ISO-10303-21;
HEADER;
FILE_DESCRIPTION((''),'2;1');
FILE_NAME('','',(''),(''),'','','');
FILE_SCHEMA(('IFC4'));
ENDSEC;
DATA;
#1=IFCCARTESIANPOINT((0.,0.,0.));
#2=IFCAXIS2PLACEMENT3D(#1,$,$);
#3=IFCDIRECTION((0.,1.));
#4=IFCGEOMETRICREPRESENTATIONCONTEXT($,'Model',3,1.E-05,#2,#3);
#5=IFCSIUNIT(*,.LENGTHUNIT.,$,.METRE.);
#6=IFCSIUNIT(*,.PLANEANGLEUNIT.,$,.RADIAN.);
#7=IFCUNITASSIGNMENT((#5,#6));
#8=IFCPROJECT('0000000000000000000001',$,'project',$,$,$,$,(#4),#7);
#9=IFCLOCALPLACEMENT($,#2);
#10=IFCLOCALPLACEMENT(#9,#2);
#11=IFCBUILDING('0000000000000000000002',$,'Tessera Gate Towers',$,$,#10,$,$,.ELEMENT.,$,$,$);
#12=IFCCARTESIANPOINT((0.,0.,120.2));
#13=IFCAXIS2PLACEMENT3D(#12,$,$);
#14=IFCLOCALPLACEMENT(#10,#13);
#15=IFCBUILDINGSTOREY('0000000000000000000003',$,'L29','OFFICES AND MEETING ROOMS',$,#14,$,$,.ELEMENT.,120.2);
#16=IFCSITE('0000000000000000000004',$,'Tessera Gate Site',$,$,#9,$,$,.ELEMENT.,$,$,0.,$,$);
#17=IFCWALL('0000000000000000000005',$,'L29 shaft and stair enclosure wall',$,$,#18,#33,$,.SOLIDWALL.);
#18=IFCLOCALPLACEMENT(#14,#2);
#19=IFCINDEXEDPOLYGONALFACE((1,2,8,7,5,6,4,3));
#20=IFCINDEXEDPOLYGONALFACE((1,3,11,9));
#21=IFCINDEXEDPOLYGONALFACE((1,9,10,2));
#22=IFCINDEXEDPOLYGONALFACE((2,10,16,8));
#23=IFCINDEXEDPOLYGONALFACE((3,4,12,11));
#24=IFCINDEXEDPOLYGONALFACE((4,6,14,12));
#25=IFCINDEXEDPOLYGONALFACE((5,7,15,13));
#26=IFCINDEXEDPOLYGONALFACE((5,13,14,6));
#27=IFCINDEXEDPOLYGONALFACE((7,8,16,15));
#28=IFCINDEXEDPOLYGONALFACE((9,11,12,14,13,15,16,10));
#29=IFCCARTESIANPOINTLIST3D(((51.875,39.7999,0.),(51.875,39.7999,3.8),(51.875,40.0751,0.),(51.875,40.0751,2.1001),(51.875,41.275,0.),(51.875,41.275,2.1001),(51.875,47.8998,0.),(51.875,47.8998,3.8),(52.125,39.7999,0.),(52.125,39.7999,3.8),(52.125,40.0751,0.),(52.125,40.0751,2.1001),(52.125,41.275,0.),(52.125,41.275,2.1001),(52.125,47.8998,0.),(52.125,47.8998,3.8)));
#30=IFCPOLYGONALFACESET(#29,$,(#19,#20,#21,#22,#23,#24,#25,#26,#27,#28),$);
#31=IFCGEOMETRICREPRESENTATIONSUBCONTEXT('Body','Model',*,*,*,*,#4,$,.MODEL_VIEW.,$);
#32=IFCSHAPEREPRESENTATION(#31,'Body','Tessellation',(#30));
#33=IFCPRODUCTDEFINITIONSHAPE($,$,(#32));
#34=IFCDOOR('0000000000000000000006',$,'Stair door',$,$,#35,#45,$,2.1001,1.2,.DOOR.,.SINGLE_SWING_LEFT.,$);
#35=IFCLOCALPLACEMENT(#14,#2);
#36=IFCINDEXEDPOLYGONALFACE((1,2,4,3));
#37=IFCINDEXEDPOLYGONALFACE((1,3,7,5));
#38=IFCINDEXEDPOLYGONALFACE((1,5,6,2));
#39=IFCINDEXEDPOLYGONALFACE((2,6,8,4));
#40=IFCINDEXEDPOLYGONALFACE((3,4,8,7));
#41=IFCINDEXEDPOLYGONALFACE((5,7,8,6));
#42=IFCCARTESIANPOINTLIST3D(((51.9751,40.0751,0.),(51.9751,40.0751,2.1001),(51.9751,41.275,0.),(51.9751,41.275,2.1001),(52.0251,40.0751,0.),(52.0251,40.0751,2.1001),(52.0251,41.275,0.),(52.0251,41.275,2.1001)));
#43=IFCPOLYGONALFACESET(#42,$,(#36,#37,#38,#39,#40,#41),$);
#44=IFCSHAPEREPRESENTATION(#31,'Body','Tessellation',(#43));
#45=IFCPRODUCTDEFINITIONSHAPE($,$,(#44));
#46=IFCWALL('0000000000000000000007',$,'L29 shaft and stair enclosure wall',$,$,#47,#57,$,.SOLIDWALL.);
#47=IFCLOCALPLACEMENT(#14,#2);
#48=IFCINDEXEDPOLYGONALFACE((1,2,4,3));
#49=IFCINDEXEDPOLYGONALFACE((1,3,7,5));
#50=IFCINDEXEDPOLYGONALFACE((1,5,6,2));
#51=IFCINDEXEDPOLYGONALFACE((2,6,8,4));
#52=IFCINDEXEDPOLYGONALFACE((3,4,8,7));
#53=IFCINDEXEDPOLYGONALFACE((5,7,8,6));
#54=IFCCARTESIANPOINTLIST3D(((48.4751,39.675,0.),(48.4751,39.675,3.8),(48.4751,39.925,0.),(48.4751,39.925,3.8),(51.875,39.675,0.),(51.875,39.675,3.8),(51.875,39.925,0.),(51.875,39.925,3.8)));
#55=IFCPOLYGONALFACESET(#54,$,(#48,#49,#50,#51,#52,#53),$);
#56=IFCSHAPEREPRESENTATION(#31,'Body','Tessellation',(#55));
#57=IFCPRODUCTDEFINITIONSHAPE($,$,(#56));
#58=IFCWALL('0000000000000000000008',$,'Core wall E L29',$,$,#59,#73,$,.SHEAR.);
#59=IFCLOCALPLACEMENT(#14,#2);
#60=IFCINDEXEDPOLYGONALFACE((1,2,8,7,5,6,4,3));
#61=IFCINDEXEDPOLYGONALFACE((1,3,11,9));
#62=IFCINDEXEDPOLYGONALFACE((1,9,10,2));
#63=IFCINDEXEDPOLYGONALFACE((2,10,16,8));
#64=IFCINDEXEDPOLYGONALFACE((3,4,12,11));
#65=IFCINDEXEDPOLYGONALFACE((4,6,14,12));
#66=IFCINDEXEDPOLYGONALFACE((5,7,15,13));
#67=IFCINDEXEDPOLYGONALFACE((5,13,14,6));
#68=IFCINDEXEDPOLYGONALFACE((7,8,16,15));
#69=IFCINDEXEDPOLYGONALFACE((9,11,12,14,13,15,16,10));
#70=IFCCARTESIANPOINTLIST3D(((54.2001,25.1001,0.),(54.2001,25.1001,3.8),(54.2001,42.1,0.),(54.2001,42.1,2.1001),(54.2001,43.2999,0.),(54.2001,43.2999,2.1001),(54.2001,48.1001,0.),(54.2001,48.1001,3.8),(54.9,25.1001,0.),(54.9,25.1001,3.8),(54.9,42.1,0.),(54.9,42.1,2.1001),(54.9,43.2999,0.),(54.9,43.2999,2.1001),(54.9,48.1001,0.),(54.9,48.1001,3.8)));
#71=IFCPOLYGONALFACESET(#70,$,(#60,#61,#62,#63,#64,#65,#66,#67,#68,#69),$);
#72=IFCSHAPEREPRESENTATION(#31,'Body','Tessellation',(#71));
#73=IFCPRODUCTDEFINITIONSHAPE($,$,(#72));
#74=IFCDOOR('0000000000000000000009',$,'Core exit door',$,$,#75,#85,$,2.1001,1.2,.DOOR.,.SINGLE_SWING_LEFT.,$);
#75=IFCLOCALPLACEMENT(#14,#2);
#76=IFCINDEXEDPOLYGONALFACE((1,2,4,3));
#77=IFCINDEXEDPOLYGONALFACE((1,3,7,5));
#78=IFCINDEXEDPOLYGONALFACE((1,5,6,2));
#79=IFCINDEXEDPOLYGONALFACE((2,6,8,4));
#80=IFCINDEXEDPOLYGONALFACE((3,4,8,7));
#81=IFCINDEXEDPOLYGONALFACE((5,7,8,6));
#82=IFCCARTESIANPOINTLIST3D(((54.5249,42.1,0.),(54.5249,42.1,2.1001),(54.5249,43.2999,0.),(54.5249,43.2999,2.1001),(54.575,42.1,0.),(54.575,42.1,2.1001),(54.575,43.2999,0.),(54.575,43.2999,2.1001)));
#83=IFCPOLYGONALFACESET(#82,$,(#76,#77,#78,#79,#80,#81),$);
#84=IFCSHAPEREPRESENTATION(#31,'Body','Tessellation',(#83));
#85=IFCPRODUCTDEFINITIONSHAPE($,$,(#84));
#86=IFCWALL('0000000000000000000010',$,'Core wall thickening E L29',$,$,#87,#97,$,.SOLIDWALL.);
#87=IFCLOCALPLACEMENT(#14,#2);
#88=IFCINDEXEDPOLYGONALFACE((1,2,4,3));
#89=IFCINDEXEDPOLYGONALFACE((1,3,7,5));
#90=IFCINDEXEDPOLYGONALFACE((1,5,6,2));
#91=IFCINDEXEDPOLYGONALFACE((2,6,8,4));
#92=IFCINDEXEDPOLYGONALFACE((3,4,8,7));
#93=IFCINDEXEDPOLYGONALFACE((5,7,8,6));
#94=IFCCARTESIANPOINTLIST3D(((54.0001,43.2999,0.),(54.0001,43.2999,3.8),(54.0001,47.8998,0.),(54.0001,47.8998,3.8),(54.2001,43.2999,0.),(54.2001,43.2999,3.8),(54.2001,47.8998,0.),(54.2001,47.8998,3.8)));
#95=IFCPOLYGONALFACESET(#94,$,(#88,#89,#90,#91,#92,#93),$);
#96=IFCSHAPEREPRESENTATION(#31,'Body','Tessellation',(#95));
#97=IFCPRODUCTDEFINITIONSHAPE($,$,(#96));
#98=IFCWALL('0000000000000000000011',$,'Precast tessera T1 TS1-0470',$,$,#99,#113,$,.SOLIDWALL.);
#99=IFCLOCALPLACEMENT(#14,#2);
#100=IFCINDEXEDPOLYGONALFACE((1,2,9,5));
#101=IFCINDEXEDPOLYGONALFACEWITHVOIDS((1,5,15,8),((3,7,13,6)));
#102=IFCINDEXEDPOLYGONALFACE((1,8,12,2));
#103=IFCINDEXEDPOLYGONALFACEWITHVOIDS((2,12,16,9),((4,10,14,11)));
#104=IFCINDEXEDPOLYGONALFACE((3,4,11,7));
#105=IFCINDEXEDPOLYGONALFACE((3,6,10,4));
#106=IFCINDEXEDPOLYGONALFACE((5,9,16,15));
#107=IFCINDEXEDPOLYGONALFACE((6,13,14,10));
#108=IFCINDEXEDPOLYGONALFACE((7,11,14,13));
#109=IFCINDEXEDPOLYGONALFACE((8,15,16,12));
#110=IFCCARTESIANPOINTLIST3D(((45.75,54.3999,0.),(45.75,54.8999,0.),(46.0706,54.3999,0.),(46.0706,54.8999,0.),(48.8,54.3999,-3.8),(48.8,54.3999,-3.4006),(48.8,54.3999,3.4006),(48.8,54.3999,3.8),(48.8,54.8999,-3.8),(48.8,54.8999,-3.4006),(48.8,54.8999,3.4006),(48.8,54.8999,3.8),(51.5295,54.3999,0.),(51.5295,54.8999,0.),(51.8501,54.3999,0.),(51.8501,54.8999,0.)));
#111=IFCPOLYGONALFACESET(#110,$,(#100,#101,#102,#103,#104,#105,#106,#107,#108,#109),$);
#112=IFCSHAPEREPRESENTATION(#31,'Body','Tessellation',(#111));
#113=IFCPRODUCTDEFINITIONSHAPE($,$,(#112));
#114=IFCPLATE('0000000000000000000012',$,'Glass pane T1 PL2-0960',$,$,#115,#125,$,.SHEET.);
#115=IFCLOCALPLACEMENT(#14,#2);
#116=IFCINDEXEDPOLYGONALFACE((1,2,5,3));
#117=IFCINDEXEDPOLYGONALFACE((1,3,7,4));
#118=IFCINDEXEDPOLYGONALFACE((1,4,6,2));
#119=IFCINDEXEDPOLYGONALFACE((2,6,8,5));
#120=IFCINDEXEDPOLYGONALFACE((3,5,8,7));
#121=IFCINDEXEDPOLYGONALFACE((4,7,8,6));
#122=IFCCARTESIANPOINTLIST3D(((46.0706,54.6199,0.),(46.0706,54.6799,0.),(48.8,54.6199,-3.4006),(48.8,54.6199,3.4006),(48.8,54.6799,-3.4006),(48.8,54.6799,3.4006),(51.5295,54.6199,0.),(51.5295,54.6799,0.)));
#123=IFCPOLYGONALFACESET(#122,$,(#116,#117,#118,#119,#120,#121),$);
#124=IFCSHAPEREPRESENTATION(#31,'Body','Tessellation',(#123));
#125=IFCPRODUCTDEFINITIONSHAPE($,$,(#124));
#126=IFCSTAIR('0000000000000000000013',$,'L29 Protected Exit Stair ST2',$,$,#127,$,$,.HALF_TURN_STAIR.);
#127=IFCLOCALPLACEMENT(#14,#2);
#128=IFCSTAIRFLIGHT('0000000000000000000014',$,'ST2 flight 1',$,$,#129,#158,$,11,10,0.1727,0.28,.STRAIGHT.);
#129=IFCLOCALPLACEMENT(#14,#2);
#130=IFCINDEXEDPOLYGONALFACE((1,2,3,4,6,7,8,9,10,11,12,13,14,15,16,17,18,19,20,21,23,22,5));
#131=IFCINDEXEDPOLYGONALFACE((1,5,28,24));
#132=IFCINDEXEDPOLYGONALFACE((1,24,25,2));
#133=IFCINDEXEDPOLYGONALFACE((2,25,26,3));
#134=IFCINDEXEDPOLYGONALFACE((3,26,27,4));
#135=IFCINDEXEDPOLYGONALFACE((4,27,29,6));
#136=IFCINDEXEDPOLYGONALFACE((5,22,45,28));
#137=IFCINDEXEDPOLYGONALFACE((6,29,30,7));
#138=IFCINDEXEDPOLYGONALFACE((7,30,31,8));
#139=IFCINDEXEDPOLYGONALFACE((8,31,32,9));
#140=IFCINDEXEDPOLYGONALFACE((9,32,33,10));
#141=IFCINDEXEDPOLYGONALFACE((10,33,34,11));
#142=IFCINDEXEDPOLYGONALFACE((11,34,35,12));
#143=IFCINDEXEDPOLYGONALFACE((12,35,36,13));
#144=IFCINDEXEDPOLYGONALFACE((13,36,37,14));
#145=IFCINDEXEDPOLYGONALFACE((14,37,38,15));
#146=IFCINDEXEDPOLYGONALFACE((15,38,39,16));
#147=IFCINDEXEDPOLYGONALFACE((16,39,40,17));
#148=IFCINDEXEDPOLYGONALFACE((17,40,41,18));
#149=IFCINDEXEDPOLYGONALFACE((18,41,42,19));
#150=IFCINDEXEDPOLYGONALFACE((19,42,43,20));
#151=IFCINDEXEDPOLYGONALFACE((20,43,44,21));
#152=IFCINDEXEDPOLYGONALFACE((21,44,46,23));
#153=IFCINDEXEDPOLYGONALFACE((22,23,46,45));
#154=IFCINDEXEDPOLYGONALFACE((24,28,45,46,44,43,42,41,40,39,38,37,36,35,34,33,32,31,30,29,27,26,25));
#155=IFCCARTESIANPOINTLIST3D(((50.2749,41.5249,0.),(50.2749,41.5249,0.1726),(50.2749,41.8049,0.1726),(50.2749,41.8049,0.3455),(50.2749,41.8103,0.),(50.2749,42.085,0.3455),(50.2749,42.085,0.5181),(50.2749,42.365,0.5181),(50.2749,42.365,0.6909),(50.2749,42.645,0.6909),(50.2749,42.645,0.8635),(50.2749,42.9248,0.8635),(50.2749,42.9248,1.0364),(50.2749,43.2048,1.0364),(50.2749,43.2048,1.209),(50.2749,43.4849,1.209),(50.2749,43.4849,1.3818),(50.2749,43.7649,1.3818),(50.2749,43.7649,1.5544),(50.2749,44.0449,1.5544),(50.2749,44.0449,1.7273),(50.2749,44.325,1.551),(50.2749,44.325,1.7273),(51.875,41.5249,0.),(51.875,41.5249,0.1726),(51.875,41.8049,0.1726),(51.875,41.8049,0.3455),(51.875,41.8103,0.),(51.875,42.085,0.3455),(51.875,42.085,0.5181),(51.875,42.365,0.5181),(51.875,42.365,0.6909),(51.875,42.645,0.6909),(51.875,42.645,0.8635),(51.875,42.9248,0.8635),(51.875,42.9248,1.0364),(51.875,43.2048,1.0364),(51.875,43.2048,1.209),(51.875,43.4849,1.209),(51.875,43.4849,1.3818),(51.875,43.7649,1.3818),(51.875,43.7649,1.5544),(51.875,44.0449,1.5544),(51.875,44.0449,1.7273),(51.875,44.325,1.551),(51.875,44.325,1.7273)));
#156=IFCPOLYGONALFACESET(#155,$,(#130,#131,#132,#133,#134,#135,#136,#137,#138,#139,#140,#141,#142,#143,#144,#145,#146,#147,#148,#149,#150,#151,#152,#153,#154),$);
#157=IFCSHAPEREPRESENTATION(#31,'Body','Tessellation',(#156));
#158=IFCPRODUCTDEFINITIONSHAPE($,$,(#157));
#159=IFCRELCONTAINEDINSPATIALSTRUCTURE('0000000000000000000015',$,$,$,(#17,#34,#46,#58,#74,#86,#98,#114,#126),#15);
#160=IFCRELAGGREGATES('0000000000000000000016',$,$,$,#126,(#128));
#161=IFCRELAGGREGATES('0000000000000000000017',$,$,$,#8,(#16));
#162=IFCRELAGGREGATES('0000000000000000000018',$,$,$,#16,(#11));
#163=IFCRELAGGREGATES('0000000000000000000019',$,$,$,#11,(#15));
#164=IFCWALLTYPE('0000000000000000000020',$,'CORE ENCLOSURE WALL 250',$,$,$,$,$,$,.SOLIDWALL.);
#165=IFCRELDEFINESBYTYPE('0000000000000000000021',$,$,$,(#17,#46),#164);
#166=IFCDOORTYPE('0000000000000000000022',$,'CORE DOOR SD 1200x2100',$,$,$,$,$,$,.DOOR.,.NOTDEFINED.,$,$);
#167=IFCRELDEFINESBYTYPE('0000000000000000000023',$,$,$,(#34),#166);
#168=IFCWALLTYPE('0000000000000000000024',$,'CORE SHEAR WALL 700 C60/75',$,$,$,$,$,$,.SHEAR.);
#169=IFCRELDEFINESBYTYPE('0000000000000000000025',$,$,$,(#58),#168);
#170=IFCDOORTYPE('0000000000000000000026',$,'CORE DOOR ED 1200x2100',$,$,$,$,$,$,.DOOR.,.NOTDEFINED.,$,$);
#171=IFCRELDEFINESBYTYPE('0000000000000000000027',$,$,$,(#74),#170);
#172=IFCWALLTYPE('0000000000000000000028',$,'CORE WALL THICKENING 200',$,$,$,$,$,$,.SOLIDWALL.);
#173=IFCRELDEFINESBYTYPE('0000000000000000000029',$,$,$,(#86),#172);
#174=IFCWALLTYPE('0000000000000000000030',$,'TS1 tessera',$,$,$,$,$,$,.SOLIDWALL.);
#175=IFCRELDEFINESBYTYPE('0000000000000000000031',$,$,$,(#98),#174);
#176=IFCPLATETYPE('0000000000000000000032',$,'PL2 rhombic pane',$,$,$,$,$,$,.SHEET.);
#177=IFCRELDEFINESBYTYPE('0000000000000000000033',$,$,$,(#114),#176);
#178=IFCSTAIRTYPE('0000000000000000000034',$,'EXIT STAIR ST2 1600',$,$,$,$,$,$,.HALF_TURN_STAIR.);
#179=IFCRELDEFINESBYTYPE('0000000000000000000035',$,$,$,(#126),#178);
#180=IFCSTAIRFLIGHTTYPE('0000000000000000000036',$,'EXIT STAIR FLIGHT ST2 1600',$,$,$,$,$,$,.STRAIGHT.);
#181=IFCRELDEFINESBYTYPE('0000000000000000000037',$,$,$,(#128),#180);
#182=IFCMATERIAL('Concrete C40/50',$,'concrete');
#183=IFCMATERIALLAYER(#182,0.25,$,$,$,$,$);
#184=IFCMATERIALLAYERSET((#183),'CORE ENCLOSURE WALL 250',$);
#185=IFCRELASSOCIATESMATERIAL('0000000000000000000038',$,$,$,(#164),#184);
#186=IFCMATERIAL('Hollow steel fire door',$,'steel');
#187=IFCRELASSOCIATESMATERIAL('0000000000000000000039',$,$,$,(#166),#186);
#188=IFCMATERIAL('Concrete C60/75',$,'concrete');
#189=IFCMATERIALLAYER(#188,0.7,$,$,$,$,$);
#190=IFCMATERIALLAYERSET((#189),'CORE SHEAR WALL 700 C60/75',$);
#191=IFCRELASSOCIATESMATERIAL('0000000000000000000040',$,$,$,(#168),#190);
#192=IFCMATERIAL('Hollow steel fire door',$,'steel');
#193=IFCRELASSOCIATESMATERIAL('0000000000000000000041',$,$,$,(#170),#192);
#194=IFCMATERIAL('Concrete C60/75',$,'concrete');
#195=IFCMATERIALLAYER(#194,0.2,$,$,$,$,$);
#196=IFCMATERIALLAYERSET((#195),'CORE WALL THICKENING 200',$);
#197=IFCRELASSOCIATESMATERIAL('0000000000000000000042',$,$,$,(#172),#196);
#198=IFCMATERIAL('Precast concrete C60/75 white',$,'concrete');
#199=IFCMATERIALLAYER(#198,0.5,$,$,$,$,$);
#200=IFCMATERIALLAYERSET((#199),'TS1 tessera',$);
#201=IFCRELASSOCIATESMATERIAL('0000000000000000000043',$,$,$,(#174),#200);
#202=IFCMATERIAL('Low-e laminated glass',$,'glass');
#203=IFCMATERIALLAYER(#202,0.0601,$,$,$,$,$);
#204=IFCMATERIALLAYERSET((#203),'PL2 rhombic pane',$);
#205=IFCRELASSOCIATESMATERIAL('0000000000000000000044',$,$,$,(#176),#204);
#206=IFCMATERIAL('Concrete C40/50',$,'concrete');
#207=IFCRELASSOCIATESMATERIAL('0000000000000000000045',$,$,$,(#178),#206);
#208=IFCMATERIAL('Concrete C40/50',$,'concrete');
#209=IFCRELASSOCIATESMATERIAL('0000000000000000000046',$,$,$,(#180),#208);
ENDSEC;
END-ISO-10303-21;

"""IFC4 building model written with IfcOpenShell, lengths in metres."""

from ifc_helpers import new_model, si_unit, direction, frame, frame_2d, origin, place, context, subcontext, project, spatial, polyline, rectangle, outline, extrude, source, transform, mapped, material, layer, layer_set, type_object, element, fill, aggregate, save


model = new_model("IFC4")

# Units and contexts
model_context = context("Model", 3, precision=1e-05, world=origin(), true_north=direction((0.0, 1.0)))
body_context = subcontext(model_context, "Body", "Model", "MODEL_VIEW")
ifc_project = project(units=[si_unit("LENGTHUNIT", "METRE"), si_unit("PLANEANGLEUNIT", "RADIAN")], contexts=[model_context])

# Site, building, storey
site_placement = place(None, origin())
site = spatial("IfcSite", under=ifc_project, at=site_placement, Name="Tessera Gate Site", CompositionType="ELEMENT", RefElevation=0.0)
building_placement = place(site_placement, origin())
building = spatial("IfcBuilding", under=site, at=building_placement, Name="Tessera Gate Towers", CompositionType="ELEMENT")
storey_placement = place(building_placement, frame((0.0, 0.0, 120.2)))
storey = spatial("IfcBuildingStorey", under=building, at=storey_placement, Name="L29", Description="OFFICES AND MEETING ROOMS", CompositionType="ELEMENT", Elevation=120.2)

# Wall, opening, door
ifc_material_1 = material(Name="Concrete C40/50", Category="concrete")
ifc_layer_1 = layer(ifc_material_1, 0.25)
ifc_layer_set_1 = layer_set([ifc_layer_1], Name="CORE ENCLOSURE WALL 250")
wall_type_1 = type_object("IfcWallType", Name="CORE ENCLOSURE WALL 250", PredefinedType="SOLIDWALL", material=ifc_layer_set_1)
shared_shape_1 = source(origin(), body_context, "Body", "SweptSolid", [
    extrude(rectangle(XDim=1.2, YDim=2.1001, at=frame_2d((0.6001, 1.05))), frame((0.0, 0.135, 0.0), z_axis=(0.0, -1.0, 0.0), x_axis=(1.0, 0.0, 0.0)), (0.0, 0.0, 1.0), 0.27),
])
ifc_material_2 = material(Name="Hollow steel fire door", Category="steel")
door_type_1 = type_object("IfcDoorType", Name="CORE DOOR SD 1200x2100", OperationType="NOTDEFINED", PredefinedType="DOOR", material=ifc_material_2)
shared_shape_2 = source(origin(), body_context, "Body", "SweptSolid", [
    extrude(rectangle(XDim=1.2, YDim=2.1001, at=frame_2d((0.6001, 1.05))), frame((0.0, 0.0249, 0.0), z_axis=(0.0, -1.0, 0.0), x_axis=(1.0, 0.0, 0.0)), (0.0, 0.0, 1.0), 0.05),
])
wall_1_placement = place(storey_placement, frame((52.0, 39.8, 0.0), z_axis=(0.0, 0.0, 1.0), x_axis=(0.0, 1.0, 0.0)))
wall_1 = element("IfcWall", 1, at=wall_1_placement, inside=storey, type_object=wall_type_1, Name="L29 shaft and stair enclosure wall", PredefinedType="SOLIDWALL", context=body_context, shape_type="SweptSolid", body=[
    extrude(rectangle(XDim=8.0999, YDim=0.25, at=frame_2d((4.0498, 0.0))), origin(), (0.0, 0.0, 1.0), 3.8),
])
opening_1_placement = place(wall_1_placement, frame((0.2749, 0.0, 0.0)))
opening_1 = element("IfcOpeningElement", 2, at=opening_1_placement, cuts=wall_1, PredefinedType="OPENING", context=body_context, shape_type="MappedRepresentation", body=[
    mapped(shared_shape_1, transform((0.0, 0.0, 0.0), scale=1.0)),
])
door_1_placement = place(opening_1_placement, origin())
door_1 = element("IfcDoor", 3, at=door_1_placement, inside=storey, type_object=door_type_1, Name="Stair door", OperationType="SINGLE_SWING_LEFT", OverallHeight=2.1001, OverallWidth=1.2, PredefinedType="DOOR", context=body_context, shape_type="MappedRepresentation", body=[
    mapped(shared_shape_2, transform((0.0, 0.0, 0.0), scale=1.0)),
])
fill(opening_1, door_1)

# Wall
wall_2_placement = place(storey_placement, frame((48.4751, 39.8, 0.0), z_axis=(0.0, 0.0, 1.0), x_axis=(1.0, 0.0, 0.0)))
element("IfcWall", 4, at=wall_2_placement, inside=storey, type_object=wall_type_1, Name="L29 shaft and stair enclosure wall", PredefinedType="SOLIDWALL", context=body_context, shape_type="SweptSolid", body=[
    extrude(rectangle(XDim=3.3999, YDim=0.25, at=frame_2d((1.7, 0.0))), origin(), (0.0, 0.0, 1.0), 3.8),
])

# Wall, opening, door
ifc_material_3 = material(Name="Concrete C60/75", Category="concrete")
ifc_layer_2 = layer(ifc_material_3, 0.7)
ifc_layer_set_2 = layer_set([ifc_layer_2], Name="CORE SHEAR WALL 700 C60/75")
wall_type_2 = type_object("IfcWallType", Name="CORE SHEAR WALL 700 C60/75", PredefinedType="SHEAR", material=ifc_layer_set_2)
wall_3_placement = place(storey_placement, frame((54.55, 48.1001, 0.0), z_axis=(0.0, 0.0, 1.0), x_axis=(0.0, -1.0, 0.0)))
wall_3 = element("IfcWall", 5, at=wall_3_placement, inside=storey, type_object=wall_type_2, Name="Core wall E L29", PredefinedType="SHEAR", context=body_context, shape_type="SweptSolid", body=[
    extrude(rectangle(XDim=23.0, YDim=0.7, at=frame_2d((11.5, 0.0))), origin(), (0.0, 0.0, 1.0), 3.8),
])
shared_shape_3 = source(origin(), body_context, "Body", "SweptSolid", [
    extrude(rectangle(XDim=1.2, YDim=2.1001, at=frame_2d((0.6001, 1.05))), frame((0.0, 0.3599, 0.0), z_axis=(0.0, -1.0, 0.0), x_axis=(1.0, 0.0, 0.0)), (0.0, 0.0, 1.0), 0.72),
])
opening_2_placement = place(wall_3_placement, frame((4.8, 0.0, 0.0)))
opening_2 = element("IfcOpeningElement", 6, at=opening_2_placement, cuts=wall_3, PredefinedType="OPENING", context=body_context, shape_type="MappedRepresentation", body=[
    mapped(shared_shape_3, transform((0.0, 0.0, 0.0), scale=1.0)),
])
ifc_material_4 = material(Name="Hollow steel fire door", Category="steel")
door_type_2 = type_object("IfcDoorType", Name="CORE DOOR ED 1200x2100", OperationType="NOTDEFINED", PredefinedType="DOOR", material=ifc_material_4)
door_2_placement = place(opening_2_placement, origin())
door_2 = element("IfcDoor", 7, at=door_2_placement, inside=storey, type_object=door_type_2, Name="Core exit door", OperationType="SINGLE_SWING_LEFT", OverallHeight=2.1001, OverallWidth=1.2, PredefinedType="DOOR", context=body_context, shape_type="MappedRepresentation", body=[
    mapped(shared_shape_2, transform((0.0, 0.0, 0.0), scale=1.0)),
])
fill(opening_2, door_2)

# Wall
ifc_material_5 = material(Name="Concrete C60/75", Category="concrete")
ifc_layer_3 = layer(ifc_material_5, 0.2)
ifc_layer_set_3 = layer_set([ifc_layer_3], Name="CORE WALL THICKENING 200")
wall_type_3 = type_object("IfcWallType", Name="CORE WALL THICKENING 200", PredefinedType="SOLIDWALL", material=ifc_layer_set_3)
wall_4_placement = place(storey_placement, frame((54.1001, 43.3, 0.0), z_axis=(0.0, 0.0, 1.0), x_axis=(0.0, 1.0, 0.0)))
element("IfcWall", 8, at=wall_4_placement, inside=storey, type_object=wall_type_3, Name="Core wall thickening E L29", PredefinedType="SOLIDWALL", context=body_context, shape_type="SweptSolid", body=[
    extrude(rectangle(XDim=4.5999, YDim=0.2, at=frame_2d((2.2998, 0.0))), origin(), (0.0, 0.0, 1.0), 3.8),
])

# Wall, opening, plate
ifc_material_6 = material(Name="Precast concrete C60/75 white", Category="concrete")
ifc_layer_4 = layer(ifc_material_6, 0.5)
ifc_layer_set_4 = layer_set([ifc_layer_4], Name="TS1 tessera")
wall_type_4 = type_object("IfcWallType", Name="TS1 tessera", PredefinedType="SOLIDWALL", material=ifc_layer_set_4)
shared_shape_4 = source(origin(), body_context, "Body", "SweptSolid", [
    extrude(outline(polyline([(3.05, 0.0), (6.1001, 3.8), (3.05, 7.6001), (0.0, 3.8), (3.05, 0.0)])), frame((0.0, 0.25, 0.0), z_axis=(0.0, -1.0, 0.0), x_axis=(1.0, 0.0, 0.0)), (0.0, 0.0, 1.0), 0.5),
])
wall_5_placement = place(storey_placement, frame((51.8501, 54.6499, -3.8), z_axis=(0.0, 0.0, 1.0), x_axis=(-1.0, 0.0, 0.0)))
wall_5 = element("IfcWall", 9, at=wall_5_placement, inside=storey, type_object=wall_type_4, Name="Precast tessera T1 TS1-0470", PredefinedType="SOLIDWALL", context=body_context, shape_type="MappedRepresentation", body=[
    mapped(shared_shape_4, transform((0.0, 0.0, 0.0), scale=1.0)),
])
shared_shape_5 = source(origin(), body_context, "Body", "SweptSolid", [
    extrude(outline(polyline([(3.05, 0.3994), (5.7795, 3.8), (3.05, 7.2007), (0.3206, 3.8), (3.05, 0.3994)])), frame((0.0, 0.26, 0.0), z_axis=(0.0, -1.0, 0.0), x_axis=(1.0, 0.0, 0.0)), (0.0, 0.0, 1.0), 0.52),
])
opening_3_placement = place(wall_5_placement, origin())
opening_3 = element("IfcOpeningElement", 10, at=opening_3_placement, cuts=wall_5, PredefinedType="OPENING", context=body_context, shape_type="MappedRepresentation", body=[
    mapped(shared_shape_5, transform((0.0, 0.0, 0.0), scale=1.0)),
])
ifc_material_7 = material(Name="Low-e laminated glass", Category="glass")
ifc_layer_5 = layer(ifc_material_7, 0.0601)
ifc_layer_set_5 = layer_set([ifc_layer_5], Name="PL2 rhombic pane")
plate_type = type_object("IfcPlateType", Name="PL2 rhombic pane", PredefinedType="SHEET", material=ifc_layer_set_5)
shared_shape_6 = source(origin(), body_context, "Body", "SweptSolid", [
    extrude(outline(polyline([(3.05, 0.3994), (5.7795, 3.8), (3.05, 7.2007), (0.3206, 3.8), (3.05, 0.3994)])), frame((0.0, 0.03, 0.0), z_axis=(0.0, -1.0, 0.0), x_axis=(1.0, 0.0, 0.0)), (0.0, 0.0, 1.0), 0.0601),
])
plate_placement = place(opening_3_placement, origin())
plate = element("IfcPlate", 11, at=plate_placement, inside=storey, type_object=plate_type, Name="Glass pane T1 PL2-0960", PredefinedType="SHEET", context=body_context, shape_type="MappedRepresentation", body=[
    mapped(shared_shape_6, transform((0.0, 0.0, 0.0), scale=1.0)),
])
fill(opening_3, plate)

# Stair, stair flight
ifc_material_8 = material(Name="Concrete C40/50", Category="concrete")
stair_type = type_object("IfcStairType", Name="EXIT STAIR ST2 1600", PredefinedType="HALF_TURN_STAIR", material=ifc_material_8)
stair_placement = place(storey_placement, origin())
stair = element("IfcStair", 12, at=stair_placement, inside=storey, type_object=stair_type, Name="L29 Protected Exit Stair ST2", PredefinedType="HALF_TURN_STAIR")
ifc_material_9 = material(Name="Concrete C40/50", Category="concrete")
stair_flight_type = type_object("IfcStairFlightType", Name="EXIT STAIR FLIGHT ST2 1600", PredefinedType="STRAIGHT", material=ifc_material_9)
stair_flight_1_placement = place(storey_placement, frame((51.075, 41.5249, 0.0), z_axis=(0.0, 0.0, 1.0), x_axis=(0.0, 1.0, 0.0)))
stair_flight_1 = element("IfcStairFlight", 13, at=stair_flight_1_placement, type_object=stair_flight_type, Name="ST2 flight 1", NumberOfRisers=11, NumberOfTreads=10, PredefinedType="STRAIGHT", RiserHeight=0.1727, TreadLength=0.28, context=body_context, shape_type="SweptSolid", body=[
    extrude(outline(polyline([(0.0, 0.0), (0.0, 0.1726), (0.28, 0.1726), (0.28, 0.3455), (0.5601, 0.3455), (0.5601, 0.5181), (0.8401, 0.5181), (0.8401, 0.6909), (1.1201, 0.6909), (1.1201, 0.8635), (1.3999, 0.8635), (1.3999, 1.0364), (1.6799, 1.0364), (1.6799, 1.209), (1.96, 1.209), (1.96, 1.3818), (2.24, 1.3818), (2.24, 1.5544), (2.52, 1.5544), (2.52, 1.7273), (2.8, 1.7273), (2.8, 1.8999), (2.8, 1.551), (0.2854, 0.0), (0.0, 0.0)])), frame((0.0, 0.8, 0.0), z_axis=(0.0, -1.0, 0.0), x_axis=(1.0, 0.0, 0.0)), (0.0, 0.0, 1.0), 1.6001),
])
aggregate(stair, [stair_flight_1])

save(model, "model.ifc")
